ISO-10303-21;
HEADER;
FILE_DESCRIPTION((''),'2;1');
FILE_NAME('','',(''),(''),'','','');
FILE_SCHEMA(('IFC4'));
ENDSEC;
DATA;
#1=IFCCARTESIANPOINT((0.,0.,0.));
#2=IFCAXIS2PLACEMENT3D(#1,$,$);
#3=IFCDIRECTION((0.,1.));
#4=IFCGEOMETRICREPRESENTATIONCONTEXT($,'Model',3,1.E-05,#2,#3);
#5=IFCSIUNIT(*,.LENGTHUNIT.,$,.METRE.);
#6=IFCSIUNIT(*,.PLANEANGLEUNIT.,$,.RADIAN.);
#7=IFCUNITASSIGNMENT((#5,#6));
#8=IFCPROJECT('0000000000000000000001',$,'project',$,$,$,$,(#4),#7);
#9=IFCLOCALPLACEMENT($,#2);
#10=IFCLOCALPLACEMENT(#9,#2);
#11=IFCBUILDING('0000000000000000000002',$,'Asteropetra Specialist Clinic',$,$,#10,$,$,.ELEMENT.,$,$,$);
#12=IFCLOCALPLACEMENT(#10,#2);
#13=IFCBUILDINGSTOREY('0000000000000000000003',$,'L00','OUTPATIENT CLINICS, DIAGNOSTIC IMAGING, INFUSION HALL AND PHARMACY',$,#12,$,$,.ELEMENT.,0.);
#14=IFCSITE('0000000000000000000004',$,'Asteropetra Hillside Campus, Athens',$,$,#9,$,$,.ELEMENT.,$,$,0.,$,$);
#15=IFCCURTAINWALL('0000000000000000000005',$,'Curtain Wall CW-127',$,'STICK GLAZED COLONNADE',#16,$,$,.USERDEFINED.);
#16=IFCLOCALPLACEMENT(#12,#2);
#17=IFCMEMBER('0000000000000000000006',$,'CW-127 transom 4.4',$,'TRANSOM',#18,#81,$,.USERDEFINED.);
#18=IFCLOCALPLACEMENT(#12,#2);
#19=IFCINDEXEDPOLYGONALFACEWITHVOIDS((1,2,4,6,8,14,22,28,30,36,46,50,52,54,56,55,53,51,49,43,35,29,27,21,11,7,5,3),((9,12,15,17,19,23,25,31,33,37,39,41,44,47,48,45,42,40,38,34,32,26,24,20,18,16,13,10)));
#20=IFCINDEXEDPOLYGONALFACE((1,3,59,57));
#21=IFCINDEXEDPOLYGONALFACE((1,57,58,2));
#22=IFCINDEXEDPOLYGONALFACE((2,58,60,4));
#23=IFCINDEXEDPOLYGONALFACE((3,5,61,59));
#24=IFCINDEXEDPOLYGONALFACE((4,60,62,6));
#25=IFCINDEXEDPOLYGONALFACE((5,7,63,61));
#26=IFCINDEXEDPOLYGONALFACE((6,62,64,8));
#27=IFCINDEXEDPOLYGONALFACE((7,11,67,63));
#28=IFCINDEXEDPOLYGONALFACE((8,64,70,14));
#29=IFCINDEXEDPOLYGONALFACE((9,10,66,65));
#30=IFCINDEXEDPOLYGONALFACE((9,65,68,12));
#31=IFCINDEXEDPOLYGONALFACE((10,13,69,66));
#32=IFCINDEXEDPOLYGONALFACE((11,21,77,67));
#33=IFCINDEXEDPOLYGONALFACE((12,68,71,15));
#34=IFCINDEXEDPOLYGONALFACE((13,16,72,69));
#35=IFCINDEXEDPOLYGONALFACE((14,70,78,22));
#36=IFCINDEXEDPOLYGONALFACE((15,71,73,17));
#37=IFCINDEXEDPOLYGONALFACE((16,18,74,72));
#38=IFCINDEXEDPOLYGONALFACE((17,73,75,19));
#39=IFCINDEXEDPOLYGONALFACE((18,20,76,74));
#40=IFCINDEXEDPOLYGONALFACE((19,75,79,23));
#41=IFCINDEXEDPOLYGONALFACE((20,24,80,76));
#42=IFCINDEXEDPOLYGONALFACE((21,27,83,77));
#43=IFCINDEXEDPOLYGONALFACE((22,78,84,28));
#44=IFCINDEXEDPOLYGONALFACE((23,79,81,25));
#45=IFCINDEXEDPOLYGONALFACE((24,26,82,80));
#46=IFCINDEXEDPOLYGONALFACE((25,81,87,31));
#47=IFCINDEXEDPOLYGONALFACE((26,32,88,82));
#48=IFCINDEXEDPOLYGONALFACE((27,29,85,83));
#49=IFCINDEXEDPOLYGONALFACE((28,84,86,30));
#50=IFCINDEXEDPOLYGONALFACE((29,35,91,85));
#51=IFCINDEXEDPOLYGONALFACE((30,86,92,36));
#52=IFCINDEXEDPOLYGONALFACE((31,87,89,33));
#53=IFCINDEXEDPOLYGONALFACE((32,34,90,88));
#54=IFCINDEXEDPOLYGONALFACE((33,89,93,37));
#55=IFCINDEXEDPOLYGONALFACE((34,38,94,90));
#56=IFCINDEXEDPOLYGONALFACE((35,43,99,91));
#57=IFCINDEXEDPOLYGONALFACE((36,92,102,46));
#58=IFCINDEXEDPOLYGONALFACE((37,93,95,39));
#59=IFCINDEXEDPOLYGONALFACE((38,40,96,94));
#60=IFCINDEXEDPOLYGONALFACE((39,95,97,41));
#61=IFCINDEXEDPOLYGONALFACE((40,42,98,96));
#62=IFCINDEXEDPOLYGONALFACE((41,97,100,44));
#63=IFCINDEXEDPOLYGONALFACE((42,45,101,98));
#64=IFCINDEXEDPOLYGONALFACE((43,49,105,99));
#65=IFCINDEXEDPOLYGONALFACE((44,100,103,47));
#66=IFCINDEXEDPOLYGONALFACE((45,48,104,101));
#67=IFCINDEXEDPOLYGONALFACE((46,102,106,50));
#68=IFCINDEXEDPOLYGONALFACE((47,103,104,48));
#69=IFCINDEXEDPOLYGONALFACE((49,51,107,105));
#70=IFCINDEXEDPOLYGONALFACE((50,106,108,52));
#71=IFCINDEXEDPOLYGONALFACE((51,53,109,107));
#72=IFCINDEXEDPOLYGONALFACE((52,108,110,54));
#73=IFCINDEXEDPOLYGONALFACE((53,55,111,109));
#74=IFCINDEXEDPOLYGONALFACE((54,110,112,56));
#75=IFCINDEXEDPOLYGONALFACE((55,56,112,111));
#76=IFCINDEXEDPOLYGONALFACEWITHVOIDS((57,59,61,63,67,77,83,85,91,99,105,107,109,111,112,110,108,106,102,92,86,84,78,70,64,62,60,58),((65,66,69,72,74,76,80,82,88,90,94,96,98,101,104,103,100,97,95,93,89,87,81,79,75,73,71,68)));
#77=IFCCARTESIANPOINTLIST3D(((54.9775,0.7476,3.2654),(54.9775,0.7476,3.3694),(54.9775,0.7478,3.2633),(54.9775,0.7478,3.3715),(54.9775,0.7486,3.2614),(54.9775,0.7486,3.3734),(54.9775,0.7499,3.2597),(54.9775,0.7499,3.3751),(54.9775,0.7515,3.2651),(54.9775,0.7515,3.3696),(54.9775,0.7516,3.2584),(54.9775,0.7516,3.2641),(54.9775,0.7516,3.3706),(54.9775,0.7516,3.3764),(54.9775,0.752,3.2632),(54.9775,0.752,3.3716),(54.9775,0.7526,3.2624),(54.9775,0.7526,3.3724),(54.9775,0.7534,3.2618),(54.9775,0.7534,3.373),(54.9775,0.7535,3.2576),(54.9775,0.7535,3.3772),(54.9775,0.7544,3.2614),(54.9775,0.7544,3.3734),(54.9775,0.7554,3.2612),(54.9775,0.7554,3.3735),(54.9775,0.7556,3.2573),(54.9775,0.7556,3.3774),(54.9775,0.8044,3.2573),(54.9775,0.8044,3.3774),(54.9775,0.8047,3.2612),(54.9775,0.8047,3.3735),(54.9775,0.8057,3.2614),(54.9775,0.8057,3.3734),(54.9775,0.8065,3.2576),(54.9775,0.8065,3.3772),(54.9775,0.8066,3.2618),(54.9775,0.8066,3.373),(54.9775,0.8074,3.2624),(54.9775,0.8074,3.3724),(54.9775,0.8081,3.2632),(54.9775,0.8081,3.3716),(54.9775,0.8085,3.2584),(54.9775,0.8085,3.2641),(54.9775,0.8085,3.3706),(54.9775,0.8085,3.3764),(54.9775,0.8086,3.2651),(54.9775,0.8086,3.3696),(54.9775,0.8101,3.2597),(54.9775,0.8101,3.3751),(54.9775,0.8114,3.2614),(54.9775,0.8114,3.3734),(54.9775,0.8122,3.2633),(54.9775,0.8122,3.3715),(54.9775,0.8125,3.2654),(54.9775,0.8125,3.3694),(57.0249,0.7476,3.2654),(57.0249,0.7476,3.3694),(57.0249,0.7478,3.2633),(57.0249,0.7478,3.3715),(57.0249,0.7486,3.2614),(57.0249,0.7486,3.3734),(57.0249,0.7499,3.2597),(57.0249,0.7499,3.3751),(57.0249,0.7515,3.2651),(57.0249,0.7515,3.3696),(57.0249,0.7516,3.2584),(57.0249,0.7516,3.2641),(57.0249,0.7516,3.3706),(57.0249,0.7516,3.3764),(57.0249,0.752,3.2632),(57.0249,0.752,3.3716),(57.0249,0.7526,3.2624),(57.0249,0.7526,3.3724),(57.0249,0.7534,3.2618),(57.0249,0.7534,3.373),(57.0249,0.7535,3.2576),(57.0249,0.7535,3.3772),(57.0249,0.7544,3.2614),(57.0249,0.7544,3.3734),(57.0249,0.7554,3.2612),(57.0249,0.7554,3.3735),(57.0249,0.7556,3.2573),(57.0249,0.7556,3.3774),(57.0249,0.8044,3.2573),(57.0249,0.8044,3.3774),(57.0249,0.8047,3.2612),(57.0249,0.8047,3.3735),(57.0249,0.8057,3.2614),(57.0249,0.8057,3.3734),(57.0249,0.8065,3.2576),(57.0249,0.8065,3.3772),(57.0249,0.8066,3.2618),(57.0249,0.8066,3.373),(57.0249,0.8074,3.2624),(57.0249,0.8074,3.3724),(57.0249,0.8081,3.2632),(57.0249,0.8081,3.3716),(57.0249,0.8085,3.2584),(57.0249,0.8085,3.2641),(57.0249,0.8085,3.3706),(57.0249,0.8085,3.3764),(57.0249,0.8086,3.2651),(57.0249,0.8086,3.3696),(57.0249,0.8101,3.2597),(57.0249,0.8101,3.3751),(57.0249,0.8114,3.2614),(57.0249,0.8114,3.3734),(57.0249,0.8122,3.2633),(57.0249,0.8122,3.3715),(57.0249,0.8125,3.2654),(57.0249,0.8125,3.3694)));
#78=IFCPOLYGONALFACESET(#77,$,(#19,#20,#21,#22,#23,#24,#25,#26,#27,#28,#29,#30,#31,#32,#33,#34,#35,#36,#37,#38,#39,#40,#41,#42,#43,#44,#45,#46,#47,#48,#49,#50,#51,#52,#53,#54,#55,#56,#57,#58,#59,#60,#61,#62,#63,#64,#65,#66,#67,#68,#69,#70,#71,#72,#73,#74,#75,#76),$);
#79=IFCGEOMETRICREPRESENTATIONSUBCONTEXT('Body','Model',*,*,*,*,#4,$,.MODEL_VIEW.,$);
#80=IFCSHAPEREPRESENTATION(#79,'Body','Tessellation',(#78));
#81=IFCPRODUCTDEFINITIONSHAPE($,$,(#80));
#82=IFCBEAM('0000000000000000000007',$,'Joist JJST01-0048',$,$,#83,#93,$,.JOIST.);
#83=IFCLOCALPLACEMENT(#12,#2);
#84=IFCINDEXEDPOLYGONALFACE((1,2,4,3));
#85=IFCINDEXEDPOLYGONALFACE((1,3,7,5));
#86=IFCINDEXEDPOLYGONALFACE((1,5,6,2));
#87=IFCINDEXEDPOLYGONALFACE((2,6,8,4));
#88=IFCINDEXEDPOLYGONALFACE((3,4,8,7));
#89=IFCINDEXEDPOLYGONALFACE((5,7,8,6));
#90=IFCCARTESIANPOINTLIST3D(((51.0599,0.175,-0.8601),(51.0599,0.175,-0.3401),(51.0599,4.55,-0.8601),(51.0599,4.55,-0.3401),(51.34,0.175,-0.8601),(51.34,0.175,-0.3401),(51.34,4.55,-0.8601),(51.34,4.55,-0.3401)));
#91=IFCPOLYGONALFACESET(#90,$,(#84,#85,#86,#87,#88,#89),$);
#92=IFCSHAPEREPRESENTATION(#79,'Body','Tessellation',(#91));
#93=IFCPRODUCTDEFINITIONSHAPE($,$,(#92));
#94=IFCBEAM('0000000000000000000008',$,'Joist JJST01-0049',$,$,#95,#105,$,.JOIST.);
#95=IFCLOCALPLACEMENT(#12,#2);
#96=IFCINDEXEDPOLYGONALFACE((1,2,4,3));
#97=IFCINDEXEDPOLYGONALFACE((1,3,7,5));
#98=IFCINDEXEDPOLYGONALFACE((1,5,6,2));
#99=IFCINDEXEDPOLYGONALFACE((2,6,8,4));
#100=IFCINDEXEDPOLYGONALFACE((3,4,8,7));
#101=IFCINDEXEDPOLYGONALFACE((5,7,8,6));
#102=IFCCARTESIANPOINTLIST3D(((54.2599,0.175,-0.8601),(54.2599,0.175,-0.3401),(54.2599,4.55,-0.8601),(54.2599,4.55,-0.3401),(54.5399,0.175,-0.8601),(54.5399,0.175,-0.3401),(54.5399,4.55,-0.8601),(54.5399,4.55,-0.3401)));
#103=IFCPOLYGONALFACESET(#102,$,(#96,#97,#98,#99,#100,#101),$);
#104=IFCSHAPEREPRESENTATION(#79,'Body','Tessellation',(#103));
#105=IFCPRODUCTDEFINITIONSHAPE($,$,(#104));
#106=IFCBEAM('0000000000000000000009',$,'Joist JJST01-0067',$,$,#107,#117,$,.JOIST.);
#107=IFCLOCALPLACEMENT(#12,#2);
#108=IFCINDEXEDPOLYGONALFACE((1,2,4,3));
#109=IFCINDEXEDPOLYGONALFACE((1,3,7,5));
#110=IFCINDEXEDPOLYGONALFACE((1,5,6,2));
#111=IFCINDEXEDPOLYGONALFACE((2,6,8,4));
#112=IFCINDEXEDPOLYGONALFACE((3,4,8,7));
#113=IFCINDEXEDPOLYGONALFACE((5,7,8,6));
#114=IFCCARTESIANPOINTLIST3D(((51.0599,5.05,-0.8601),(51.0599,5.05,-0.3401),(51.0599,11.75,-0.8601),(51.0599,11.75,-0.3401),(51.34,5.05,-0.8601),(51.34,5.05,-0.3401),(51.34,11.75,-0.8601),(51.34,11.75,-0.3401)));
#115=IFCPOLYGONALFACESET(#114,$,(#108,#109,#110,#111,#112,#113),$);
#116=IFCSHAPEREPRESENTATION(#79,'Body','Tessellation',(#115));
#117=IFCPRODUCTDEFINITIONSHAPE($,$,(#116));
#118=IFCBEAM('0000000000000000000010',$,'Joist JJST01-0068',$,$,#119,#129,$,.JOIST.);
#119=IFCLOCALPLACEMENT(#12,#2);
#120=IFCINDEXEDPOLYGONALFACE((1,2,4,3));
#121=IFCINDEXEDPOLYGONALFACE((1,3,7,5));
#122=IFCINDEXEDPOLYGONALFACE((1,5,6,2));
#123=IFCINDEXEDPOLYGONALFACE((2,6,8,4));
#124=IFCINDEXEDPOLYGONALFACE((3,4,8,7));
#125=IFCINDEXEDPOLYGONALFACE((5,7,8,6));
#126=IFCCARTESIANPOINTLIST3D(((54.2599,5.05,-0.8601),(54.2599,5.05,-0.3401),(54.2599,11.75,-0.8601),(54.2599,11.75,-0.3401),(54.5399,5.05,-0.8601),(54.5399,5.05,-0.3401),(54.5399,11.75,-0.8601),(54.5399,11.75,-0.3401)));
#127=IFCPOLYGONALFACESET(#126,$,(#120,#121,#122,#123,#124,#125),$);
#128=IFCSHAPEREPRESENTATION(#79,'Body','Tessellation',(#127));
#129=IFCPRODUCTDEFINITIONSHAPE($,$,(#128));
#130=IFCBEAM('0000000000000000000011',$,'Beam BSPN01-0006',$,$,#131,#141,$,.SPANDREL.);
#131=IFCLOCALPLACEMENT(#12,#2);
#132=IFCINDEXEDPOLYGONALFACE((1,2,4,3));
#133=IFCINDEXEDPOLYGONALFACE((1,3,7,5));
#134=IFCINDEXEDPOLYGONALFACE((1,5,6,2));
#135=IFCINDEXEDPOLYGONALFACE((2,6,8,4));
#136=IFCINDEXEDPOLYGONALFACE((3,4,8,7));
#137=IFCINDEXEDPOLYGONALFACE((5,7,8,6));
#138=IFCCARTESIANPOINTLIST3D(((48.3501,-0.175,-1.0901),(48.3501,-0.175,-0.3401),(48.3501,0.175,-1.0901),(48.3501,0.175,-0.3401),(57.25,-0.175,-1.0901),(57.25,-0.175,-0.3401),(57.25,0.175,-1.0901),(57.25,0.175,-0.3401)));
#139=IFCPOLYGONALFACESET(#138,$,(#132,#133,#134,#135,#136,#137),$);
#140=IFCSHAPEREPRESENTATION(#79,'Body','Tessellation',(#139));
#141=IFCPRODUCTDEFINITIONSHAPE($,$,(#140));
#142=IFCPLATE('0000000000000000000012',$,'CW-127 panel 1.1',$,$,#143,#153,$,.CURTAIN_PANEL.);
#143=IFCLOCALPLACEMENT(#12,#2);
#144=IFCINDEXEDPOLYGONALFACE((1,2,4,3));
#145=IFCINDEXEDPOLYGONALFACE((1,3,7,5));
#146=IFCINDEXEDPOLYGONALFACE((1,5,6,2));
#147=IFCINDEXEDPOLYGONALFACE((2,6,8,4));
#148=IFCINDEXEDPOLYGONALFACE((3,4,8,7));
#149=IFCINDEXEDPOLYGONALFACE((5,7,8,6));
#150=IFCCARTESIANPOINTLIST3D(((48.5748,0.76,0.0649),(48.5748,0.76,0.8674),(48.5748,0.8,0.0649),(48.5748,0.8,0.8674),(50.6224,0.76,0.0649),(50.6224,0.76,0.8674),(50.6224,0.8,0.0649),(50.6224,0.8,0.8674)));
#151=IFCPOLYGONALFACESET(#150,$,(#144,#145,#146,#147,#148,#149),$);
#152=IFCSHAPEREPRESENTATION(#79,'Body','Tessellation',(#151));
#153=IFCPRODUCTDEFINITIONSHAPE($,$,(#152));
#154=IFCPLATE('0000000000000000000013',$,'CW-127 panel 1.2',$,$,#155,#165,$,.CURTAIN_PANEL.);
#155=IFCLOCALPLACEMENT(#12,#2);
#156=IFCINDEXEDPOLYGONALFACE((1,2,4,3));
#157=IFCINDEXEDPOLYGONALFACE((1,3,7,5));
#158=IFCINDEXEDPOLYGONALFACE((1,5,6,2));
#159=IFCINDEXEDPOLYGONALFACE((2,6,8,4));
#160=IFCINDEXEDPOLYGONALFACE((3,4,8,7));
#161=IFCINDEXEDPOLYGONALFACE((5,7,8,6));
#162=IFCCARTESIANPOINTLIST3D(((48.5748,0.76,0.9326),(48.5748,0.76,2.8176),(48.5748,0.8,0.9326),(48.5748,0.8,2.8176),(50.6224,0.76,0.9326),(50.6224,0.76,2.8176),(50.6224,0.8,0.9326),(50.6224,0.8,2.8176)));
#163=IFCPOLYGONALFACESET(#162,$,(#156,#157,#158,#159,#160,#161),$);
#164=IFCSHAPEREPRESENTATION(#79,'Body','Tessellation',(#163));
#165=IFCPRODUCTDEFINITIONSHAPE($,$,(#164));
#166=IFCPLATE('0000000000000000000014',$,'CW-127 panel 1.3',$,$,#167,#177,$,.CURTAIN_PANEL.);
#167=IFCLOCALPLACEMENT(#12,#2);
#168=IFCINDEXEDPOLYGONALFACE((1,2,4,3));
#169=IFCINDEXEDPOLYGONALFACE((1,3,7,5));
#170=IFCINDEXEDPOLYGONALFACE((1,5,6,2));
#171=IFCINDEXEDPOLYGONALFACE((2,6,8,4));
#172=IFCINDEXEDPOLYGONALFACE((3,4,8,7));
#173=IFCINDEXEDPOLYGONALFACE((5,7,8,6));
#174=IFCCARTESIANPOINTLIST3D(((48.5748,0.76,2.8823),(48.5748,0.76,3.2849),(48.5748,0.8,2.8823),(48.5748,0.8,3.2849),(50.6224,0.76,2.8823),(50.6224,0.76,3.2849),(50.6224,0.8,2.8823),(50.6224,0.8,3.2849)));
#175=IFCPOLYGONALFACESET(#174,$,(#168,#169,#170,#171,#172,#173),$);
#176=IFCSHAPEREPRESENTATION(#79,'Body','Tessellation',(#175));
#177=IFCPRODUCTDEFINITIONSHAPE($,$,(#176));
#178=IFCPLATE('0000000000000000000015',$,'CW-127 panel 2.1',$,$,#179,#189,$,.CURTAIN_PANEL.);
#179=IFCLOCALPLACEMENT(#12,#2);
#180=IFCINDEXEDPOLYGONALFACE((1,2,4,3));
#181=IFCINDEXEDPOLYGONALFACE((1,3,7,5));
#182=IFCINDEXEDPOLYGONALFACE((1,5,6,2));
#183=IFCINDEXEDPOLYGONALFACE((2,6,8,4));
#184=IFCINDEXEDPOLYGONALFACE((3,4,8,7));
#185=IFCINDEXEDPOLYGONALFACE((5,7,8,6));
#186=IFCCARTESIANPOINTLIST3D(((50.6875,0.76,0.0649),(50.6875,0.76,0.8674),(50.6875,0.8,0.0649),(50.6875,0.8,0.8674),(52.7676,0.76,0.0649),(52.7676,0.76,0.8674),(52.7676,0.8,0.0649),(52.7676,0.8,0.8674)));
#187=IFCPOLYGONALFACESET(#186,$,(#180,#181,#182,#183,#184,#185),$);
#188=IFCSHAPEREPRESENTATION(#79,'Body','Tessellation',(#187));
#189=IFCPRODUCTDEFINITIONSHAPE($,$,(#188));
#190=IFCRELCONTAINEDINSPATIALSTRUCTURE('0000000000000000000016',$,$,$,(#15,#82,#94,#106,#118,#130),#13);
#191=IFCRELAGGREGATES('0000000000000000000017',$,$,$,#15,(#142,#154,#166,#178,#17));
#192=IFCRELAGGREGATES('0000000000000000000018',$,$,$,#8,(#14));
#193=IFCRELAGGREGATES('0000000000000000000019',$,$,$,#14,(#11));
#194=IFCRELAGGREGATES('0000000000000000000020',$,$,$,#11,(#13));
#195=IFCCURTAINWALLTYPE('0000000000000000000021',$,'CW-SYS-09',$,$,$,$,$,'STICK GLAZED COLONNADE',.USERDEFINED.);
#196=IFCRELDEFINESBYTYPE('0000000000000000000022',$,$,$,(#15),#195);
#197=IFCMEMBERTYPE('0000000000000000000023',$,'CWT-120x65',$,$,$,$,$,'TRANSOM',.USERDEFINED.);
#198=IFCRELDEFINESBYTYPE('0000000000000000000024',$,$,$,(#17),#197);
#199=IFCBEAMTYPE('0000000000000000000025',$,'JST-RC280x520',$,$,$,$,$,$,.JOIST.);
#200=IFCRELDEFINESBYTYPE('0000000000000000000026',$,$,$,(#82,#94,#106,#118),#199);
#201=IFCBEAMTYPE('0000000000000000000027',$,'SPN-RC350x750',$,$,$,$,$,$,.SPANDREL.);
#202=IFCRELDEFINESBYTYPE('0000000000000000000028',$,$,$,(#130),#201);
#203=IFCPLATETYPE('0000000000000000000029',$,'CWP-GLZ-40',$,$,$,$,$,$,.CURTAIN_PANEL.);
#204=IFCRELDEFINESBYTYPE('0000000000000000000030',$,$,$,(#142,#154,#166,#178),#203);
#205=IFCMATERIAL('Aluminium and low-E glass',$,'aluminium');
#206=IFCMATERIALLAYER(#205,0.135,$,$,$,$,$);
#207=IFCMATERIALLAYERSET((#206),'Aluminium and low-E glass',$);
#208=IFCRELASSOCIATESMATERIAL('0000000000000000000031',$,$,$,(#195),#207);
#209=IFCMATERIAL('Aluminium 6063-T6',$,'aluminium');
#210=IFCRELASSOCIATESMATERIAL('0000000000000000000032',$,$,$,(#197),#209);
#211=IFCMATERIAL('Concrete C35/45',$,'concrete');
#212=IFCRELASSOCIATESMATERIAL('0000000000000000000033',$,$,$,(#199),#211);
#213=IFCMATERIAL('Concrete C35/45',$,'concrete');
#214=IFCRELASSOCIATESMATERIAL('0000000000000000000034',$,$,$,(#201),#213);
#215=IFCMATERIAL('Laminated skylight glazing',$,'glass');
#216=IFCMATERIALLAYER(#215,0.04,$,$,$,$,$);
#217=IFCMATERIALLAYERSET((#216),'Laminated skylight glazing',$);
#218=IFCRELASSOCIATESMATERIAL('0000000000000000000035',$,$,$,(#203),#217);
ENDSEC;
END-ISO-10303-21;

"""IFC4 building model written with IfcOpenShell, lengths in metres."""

from ifc_helpers import new_model, si_unit, direction, frame, origin, origin_2d, place, context, subcontext, project, spatial, rectangle, hollow_rectangle, extrude, material, layer, layer_set, material_profile, profile_set, type_object, element, aggregate, save


model = new_model("IFC4")

# Units and contexts
model_context = context("Model", 3, precision=1e-05, world=origin(), true_north=direction((0.0, 1.0)))
body_context = subcontext(model_context, "Body", "Model", "MODEL_VIEW")
ifc_project = project(units=[si_unit("LENGTHUNIT", "METRE"), si_unit("PLANEANGLEUNIT", "RADIAN")], contexts=[model_context])

# Site, building, storey
site_placement = place(None, origin())
site = spatial("IfcSite", under=ifc_project, at=site_placement, Name="Asteropetra Hillside Campus, Athens", CompositionType="ELEMENT", RefElevation=0.0)
building_placement = place(site_placement, origin())
building = spatial("IfcBuilding", under=site, at=building_placement, Name="Asteropetra Specialist Clinic", CompositionType="ELEMENT")
storey_placement = place(building_placement, origin())
storey = spatial("IfcBuildingStorey", under=building, at=storey_placement, Name="L00", Description="OUTPATIENT CLINICS, DIAGNOSTIC IMAGING, INFUSION HALL AND PHARMACY", CompositionType="ELEMENT", Elevation=0.0)

# Curtain wall, member
ifc_material_1 = material(Name="Aluminium and low-E glass", Category="aluminium")
ifc_layer_1 = layer(ifc_material_1, 0.135)
ifc_layer_set_1 = layer_set([ifc_layer_1], Name="Aluminium and low-E glass")
curtain_wall_type_1 = type_object("IfcCurtainWallType", Name="CW-SYS-09", ElementType="STICK GLAZED COLONNADE", PredefinedType="USERDEFINED", material=ifc_layer_set_1)
curtain_wall_1_placement = place(storey_placement, origin())
curtain_wall_1 = element("IfcCurtainWall", 1, at=curtain_wall_1_placement, inside=storey, type_object=curtain_wall_type_1, Name="Curtain Wall CW-127", ObjectType="STICK GLAZED COLONNADE", PredefinedType="USERDEFINED")
ifc_material_2 = material(Name="Aluminium 6063-T6", Category="aluminium")
ifc_material_profile_1 = material_profile(ifc_material_2, hollow_rectangle(XDim=0.0649, YDim=0.1201, WallThickness=0.0039, InnerFilletRadius=0.0039, OuterFilletRadius=0.0081, at=origin_2d()), Name="TRN 120x65x4.0")
ifc_profile_set_1 = profile_set([ifc_material_profile_1], Name="Aluminium 6063-T6")
member_type_1 = type_object("IfcMemberType", Name="CWT-120x65", ElementType="TRANSOM", PredefinedType="USERDEFINED", material=ifc_profile_set_1)
member_1_placement = place(storey_placement, frame((54.9775, 0.78, 3.3174), z_axis=(1.0, 0.0, 0.0), x_axis=(0.0, 1.0, 0.0)))
member_1 = element("IfcMember", 2, at=member_1_placement, type_object=member_type_1, Name="CW-127 transom 4.4", ObjectType="TRANSOM", PredefinedType="USERDEFINED", context=body_context, shape_type="SweptSolid", body=[
    extrude(hollow_rectangle(XDim=0.0649, YDim=0.1201, WallThickness=0.0039, InnerFilletRadius=0.0039, OuterFilletRadius=0.0081, at=origin_2d()), origin(), (0.0, 0.0, 1.0), 2.0474),
])

# Beams
ifc_material_3 = material(Name="Concrete C35/45", Category="concrete")
ifc_material_profile_2 = material_profile(ifc_material_3, rectangle(XDim=0.28, YDim=0.52, at=origin_2d()), Name="RCJ 280x520")
ifc_profile_set_2 = profile_set([ifc_material_profile_2], Name="Concrete C35/45")
beam_type_1 = type_object("IfcBeamType", Name="JST-RC280x520", PredefinedType="JOIST", material=ifc_profile_set_2)
for number, where, z_axis, x_axis, name in (
    (3, (51.2, 0.175, -0.6001), (0.0, 1.0, 0.0), (-1.0, 0.0, 0.0), "Joist JJST01-0048"),
    (4, (54.3999, 0.175, -0.6001), (0.0, 1.0, 0.0), (-1.0, 0.0, 0.0), "Joist JJST01-0049"),
):
    element("IfcBeam", number, at=place(storey_placement, frame(where, z_axis=z_axis, x_axis=x_axis)), inside=storey, type_object=beam_type_1, Name=name, PredefinedType="JOIST", context=body_context, shape_type="SweptSolid", body=[
        extrude(rectangle(XDim=0.28, YDim=0.52, at=origin_2d()), origin(), (0.0, 0.0, 1.0), 4.375),
    ])
for number, where, z_axis, x_axis, name in (
    (5, (51.2, 5.05, -0.6001), (0.0, 1.0, 0.0), (-1.0, 0.0, 0.0), "Joist JJST01-0067"),
    (6, (54.3999, 5.05, -0.6001), (0.0, 1.0, 0.0), (-1.0, 0.0, 0.0), "Joist JJST01-0068"),
):
    element("IfcBeam", number, at=place(storey_placement, frame(where, z_axis=z_axis, x_axis=x_axis)), inside=storey, type_object=beam_type_1, Name=name, PredefinedType="JOIST", context=body_context, shape_type="SweptSolid", body=[
        extrude(rectangle(XDim=0.28, YDim=0.52, at=origin_2d()), origin(), (0.0, 0.0, 1.0), 6.7),
    ])
ifc_material_4 = material(Name="Concrete C35/45", Category="concrete")
ifc_material_profile_3 = material_profile(ifc_material_4, rectangle(XDim=0.3501, YDim=0.75, at=origin_2d()), Name="RCS 350x750")
ifc_profile_set_3 = profile_set([ifc_material_profile_3], Name="Concrete C35/45")
beam_type_2 = type_object("IfcBeamType", Name="SPN-RC350x750", PredefinedType="SPANDREL", material=ifc_profile_set_3)
beam_1_placement = place(storey_placement, frame((48.3501, 0.0, -0.7151), z_axis=(1.0, 0.0, 0.0), x_axis=(0.0, 1.0, 0.0)))
element("IfcBeam", 7, at=beam_1_placement, inside=storey, type_object=beam_type_2, Name="Beam BSPN01-0006", PredefinedType="SPANDREL", context=body_context, shape_type="SweptSolid", body=[
    extrude(rectangle(XDim=0.3501, YDim=0.75, at=origin_2d()), origin(), (0.0, 0.0, 1.0), 8.8999),
])

# Plates
ifc_material_5 = material(Name="Laminated skylight glazing", Category="glass")
ifc_layer_2 = layer(ifc_material_5, 0.04)
ifc_layer_set_2 = layer_set([ifc_layer_2], Name="Laminated skylight glazing")
plate_type = type_object("IfcPlateType", Name="CWP-GLZ-40", PredefinedType="CURTAIN_PANEL", material=ifc_layer_set_2)
plate_1_placement = place(storey_placement, frame((49.5986, 0.78, 0.0649), z_axis=(0.0, 0.0, 1.0), x_axis=(1.0, 0.0, 0.0)))
plate_1 = element("IfcPlate", 8, at=plate_1_placement, type_object=plate_type, Name="CW-127 panel 1.1", PredefinedType="CURTAIN_PANEL", context=body_context, shape_type="SweptSolid", body=[
    extrude(rectangle(XDim=2.0476, YDim=0.04, at=origin_2d()), origin(), (0.0, 0.0, 1.0), 0.8025),
])
plate_2_placement = place(storey_placement, frame((49.5986, 0.78, 0.9326), z_axis=(0.0, 0.0, 1.0), x_axis=(1.0, 0.0, 0.0)))
plate_2 = element("IfcPlate", 9, at=plate_2_placement, type_object=plate_type, Name="CW-127 panel 1.2", PredefinedType="CURTAIN_PANEL", context=body_context, shape_type="SweptSolid", body=[
    extrude(rectangle(XDim=2.0476, YDim=0.04, at=origin_2d()), origin(), (0.0, 0.0, 1.0), 1.885),
])
plate_3_placement = place(storey_placement, frame((49.5986, 0.78, 2.8823), z_axis=(0.0, 0.0, 1.0), x_axis=(1.0, 0.0, 0.0)))
plate_3 = element("IfcPlate", 10, at=plate_3_placement, type_object=plate_type, Name="CW-127 panel 1.3", PredefinedType="CURTAIN_PANEL", context=body_context, shape_type="SweptSolid", body=[
    extrude(rectangle(XDim=2.0476, YDim=0.04, at=origin_2d()), origin(), (0.0, 0.0, 1.0), 0.4026),
])
plate_4_placement = place(storey_placement, frame((51.7275, 0.78, 0.0649), z_axis=(0.0, 0.0, 1.0), x_axis=(1.0, 0.0, 0.0)))
plate_4 = element("IfcPlate", 11, at=plate_4_placement, type_object=plate_type, Name="CW-127 panel 2.1", PredefinedType="CURTAIN_PANEL", context=body_context, shape_type="SweptSolid", body=[
    extrude(rectangle(XDim=2.0801, YDim=0.04, at=origin_2d()), origin(), (0.0, 0.0, 1.0), 0.8025),
])
aggregate(curtain_wall_1, [plate_1, plate_2, plate_3, plate_4, member_1])

save(model, "model.ifc")
